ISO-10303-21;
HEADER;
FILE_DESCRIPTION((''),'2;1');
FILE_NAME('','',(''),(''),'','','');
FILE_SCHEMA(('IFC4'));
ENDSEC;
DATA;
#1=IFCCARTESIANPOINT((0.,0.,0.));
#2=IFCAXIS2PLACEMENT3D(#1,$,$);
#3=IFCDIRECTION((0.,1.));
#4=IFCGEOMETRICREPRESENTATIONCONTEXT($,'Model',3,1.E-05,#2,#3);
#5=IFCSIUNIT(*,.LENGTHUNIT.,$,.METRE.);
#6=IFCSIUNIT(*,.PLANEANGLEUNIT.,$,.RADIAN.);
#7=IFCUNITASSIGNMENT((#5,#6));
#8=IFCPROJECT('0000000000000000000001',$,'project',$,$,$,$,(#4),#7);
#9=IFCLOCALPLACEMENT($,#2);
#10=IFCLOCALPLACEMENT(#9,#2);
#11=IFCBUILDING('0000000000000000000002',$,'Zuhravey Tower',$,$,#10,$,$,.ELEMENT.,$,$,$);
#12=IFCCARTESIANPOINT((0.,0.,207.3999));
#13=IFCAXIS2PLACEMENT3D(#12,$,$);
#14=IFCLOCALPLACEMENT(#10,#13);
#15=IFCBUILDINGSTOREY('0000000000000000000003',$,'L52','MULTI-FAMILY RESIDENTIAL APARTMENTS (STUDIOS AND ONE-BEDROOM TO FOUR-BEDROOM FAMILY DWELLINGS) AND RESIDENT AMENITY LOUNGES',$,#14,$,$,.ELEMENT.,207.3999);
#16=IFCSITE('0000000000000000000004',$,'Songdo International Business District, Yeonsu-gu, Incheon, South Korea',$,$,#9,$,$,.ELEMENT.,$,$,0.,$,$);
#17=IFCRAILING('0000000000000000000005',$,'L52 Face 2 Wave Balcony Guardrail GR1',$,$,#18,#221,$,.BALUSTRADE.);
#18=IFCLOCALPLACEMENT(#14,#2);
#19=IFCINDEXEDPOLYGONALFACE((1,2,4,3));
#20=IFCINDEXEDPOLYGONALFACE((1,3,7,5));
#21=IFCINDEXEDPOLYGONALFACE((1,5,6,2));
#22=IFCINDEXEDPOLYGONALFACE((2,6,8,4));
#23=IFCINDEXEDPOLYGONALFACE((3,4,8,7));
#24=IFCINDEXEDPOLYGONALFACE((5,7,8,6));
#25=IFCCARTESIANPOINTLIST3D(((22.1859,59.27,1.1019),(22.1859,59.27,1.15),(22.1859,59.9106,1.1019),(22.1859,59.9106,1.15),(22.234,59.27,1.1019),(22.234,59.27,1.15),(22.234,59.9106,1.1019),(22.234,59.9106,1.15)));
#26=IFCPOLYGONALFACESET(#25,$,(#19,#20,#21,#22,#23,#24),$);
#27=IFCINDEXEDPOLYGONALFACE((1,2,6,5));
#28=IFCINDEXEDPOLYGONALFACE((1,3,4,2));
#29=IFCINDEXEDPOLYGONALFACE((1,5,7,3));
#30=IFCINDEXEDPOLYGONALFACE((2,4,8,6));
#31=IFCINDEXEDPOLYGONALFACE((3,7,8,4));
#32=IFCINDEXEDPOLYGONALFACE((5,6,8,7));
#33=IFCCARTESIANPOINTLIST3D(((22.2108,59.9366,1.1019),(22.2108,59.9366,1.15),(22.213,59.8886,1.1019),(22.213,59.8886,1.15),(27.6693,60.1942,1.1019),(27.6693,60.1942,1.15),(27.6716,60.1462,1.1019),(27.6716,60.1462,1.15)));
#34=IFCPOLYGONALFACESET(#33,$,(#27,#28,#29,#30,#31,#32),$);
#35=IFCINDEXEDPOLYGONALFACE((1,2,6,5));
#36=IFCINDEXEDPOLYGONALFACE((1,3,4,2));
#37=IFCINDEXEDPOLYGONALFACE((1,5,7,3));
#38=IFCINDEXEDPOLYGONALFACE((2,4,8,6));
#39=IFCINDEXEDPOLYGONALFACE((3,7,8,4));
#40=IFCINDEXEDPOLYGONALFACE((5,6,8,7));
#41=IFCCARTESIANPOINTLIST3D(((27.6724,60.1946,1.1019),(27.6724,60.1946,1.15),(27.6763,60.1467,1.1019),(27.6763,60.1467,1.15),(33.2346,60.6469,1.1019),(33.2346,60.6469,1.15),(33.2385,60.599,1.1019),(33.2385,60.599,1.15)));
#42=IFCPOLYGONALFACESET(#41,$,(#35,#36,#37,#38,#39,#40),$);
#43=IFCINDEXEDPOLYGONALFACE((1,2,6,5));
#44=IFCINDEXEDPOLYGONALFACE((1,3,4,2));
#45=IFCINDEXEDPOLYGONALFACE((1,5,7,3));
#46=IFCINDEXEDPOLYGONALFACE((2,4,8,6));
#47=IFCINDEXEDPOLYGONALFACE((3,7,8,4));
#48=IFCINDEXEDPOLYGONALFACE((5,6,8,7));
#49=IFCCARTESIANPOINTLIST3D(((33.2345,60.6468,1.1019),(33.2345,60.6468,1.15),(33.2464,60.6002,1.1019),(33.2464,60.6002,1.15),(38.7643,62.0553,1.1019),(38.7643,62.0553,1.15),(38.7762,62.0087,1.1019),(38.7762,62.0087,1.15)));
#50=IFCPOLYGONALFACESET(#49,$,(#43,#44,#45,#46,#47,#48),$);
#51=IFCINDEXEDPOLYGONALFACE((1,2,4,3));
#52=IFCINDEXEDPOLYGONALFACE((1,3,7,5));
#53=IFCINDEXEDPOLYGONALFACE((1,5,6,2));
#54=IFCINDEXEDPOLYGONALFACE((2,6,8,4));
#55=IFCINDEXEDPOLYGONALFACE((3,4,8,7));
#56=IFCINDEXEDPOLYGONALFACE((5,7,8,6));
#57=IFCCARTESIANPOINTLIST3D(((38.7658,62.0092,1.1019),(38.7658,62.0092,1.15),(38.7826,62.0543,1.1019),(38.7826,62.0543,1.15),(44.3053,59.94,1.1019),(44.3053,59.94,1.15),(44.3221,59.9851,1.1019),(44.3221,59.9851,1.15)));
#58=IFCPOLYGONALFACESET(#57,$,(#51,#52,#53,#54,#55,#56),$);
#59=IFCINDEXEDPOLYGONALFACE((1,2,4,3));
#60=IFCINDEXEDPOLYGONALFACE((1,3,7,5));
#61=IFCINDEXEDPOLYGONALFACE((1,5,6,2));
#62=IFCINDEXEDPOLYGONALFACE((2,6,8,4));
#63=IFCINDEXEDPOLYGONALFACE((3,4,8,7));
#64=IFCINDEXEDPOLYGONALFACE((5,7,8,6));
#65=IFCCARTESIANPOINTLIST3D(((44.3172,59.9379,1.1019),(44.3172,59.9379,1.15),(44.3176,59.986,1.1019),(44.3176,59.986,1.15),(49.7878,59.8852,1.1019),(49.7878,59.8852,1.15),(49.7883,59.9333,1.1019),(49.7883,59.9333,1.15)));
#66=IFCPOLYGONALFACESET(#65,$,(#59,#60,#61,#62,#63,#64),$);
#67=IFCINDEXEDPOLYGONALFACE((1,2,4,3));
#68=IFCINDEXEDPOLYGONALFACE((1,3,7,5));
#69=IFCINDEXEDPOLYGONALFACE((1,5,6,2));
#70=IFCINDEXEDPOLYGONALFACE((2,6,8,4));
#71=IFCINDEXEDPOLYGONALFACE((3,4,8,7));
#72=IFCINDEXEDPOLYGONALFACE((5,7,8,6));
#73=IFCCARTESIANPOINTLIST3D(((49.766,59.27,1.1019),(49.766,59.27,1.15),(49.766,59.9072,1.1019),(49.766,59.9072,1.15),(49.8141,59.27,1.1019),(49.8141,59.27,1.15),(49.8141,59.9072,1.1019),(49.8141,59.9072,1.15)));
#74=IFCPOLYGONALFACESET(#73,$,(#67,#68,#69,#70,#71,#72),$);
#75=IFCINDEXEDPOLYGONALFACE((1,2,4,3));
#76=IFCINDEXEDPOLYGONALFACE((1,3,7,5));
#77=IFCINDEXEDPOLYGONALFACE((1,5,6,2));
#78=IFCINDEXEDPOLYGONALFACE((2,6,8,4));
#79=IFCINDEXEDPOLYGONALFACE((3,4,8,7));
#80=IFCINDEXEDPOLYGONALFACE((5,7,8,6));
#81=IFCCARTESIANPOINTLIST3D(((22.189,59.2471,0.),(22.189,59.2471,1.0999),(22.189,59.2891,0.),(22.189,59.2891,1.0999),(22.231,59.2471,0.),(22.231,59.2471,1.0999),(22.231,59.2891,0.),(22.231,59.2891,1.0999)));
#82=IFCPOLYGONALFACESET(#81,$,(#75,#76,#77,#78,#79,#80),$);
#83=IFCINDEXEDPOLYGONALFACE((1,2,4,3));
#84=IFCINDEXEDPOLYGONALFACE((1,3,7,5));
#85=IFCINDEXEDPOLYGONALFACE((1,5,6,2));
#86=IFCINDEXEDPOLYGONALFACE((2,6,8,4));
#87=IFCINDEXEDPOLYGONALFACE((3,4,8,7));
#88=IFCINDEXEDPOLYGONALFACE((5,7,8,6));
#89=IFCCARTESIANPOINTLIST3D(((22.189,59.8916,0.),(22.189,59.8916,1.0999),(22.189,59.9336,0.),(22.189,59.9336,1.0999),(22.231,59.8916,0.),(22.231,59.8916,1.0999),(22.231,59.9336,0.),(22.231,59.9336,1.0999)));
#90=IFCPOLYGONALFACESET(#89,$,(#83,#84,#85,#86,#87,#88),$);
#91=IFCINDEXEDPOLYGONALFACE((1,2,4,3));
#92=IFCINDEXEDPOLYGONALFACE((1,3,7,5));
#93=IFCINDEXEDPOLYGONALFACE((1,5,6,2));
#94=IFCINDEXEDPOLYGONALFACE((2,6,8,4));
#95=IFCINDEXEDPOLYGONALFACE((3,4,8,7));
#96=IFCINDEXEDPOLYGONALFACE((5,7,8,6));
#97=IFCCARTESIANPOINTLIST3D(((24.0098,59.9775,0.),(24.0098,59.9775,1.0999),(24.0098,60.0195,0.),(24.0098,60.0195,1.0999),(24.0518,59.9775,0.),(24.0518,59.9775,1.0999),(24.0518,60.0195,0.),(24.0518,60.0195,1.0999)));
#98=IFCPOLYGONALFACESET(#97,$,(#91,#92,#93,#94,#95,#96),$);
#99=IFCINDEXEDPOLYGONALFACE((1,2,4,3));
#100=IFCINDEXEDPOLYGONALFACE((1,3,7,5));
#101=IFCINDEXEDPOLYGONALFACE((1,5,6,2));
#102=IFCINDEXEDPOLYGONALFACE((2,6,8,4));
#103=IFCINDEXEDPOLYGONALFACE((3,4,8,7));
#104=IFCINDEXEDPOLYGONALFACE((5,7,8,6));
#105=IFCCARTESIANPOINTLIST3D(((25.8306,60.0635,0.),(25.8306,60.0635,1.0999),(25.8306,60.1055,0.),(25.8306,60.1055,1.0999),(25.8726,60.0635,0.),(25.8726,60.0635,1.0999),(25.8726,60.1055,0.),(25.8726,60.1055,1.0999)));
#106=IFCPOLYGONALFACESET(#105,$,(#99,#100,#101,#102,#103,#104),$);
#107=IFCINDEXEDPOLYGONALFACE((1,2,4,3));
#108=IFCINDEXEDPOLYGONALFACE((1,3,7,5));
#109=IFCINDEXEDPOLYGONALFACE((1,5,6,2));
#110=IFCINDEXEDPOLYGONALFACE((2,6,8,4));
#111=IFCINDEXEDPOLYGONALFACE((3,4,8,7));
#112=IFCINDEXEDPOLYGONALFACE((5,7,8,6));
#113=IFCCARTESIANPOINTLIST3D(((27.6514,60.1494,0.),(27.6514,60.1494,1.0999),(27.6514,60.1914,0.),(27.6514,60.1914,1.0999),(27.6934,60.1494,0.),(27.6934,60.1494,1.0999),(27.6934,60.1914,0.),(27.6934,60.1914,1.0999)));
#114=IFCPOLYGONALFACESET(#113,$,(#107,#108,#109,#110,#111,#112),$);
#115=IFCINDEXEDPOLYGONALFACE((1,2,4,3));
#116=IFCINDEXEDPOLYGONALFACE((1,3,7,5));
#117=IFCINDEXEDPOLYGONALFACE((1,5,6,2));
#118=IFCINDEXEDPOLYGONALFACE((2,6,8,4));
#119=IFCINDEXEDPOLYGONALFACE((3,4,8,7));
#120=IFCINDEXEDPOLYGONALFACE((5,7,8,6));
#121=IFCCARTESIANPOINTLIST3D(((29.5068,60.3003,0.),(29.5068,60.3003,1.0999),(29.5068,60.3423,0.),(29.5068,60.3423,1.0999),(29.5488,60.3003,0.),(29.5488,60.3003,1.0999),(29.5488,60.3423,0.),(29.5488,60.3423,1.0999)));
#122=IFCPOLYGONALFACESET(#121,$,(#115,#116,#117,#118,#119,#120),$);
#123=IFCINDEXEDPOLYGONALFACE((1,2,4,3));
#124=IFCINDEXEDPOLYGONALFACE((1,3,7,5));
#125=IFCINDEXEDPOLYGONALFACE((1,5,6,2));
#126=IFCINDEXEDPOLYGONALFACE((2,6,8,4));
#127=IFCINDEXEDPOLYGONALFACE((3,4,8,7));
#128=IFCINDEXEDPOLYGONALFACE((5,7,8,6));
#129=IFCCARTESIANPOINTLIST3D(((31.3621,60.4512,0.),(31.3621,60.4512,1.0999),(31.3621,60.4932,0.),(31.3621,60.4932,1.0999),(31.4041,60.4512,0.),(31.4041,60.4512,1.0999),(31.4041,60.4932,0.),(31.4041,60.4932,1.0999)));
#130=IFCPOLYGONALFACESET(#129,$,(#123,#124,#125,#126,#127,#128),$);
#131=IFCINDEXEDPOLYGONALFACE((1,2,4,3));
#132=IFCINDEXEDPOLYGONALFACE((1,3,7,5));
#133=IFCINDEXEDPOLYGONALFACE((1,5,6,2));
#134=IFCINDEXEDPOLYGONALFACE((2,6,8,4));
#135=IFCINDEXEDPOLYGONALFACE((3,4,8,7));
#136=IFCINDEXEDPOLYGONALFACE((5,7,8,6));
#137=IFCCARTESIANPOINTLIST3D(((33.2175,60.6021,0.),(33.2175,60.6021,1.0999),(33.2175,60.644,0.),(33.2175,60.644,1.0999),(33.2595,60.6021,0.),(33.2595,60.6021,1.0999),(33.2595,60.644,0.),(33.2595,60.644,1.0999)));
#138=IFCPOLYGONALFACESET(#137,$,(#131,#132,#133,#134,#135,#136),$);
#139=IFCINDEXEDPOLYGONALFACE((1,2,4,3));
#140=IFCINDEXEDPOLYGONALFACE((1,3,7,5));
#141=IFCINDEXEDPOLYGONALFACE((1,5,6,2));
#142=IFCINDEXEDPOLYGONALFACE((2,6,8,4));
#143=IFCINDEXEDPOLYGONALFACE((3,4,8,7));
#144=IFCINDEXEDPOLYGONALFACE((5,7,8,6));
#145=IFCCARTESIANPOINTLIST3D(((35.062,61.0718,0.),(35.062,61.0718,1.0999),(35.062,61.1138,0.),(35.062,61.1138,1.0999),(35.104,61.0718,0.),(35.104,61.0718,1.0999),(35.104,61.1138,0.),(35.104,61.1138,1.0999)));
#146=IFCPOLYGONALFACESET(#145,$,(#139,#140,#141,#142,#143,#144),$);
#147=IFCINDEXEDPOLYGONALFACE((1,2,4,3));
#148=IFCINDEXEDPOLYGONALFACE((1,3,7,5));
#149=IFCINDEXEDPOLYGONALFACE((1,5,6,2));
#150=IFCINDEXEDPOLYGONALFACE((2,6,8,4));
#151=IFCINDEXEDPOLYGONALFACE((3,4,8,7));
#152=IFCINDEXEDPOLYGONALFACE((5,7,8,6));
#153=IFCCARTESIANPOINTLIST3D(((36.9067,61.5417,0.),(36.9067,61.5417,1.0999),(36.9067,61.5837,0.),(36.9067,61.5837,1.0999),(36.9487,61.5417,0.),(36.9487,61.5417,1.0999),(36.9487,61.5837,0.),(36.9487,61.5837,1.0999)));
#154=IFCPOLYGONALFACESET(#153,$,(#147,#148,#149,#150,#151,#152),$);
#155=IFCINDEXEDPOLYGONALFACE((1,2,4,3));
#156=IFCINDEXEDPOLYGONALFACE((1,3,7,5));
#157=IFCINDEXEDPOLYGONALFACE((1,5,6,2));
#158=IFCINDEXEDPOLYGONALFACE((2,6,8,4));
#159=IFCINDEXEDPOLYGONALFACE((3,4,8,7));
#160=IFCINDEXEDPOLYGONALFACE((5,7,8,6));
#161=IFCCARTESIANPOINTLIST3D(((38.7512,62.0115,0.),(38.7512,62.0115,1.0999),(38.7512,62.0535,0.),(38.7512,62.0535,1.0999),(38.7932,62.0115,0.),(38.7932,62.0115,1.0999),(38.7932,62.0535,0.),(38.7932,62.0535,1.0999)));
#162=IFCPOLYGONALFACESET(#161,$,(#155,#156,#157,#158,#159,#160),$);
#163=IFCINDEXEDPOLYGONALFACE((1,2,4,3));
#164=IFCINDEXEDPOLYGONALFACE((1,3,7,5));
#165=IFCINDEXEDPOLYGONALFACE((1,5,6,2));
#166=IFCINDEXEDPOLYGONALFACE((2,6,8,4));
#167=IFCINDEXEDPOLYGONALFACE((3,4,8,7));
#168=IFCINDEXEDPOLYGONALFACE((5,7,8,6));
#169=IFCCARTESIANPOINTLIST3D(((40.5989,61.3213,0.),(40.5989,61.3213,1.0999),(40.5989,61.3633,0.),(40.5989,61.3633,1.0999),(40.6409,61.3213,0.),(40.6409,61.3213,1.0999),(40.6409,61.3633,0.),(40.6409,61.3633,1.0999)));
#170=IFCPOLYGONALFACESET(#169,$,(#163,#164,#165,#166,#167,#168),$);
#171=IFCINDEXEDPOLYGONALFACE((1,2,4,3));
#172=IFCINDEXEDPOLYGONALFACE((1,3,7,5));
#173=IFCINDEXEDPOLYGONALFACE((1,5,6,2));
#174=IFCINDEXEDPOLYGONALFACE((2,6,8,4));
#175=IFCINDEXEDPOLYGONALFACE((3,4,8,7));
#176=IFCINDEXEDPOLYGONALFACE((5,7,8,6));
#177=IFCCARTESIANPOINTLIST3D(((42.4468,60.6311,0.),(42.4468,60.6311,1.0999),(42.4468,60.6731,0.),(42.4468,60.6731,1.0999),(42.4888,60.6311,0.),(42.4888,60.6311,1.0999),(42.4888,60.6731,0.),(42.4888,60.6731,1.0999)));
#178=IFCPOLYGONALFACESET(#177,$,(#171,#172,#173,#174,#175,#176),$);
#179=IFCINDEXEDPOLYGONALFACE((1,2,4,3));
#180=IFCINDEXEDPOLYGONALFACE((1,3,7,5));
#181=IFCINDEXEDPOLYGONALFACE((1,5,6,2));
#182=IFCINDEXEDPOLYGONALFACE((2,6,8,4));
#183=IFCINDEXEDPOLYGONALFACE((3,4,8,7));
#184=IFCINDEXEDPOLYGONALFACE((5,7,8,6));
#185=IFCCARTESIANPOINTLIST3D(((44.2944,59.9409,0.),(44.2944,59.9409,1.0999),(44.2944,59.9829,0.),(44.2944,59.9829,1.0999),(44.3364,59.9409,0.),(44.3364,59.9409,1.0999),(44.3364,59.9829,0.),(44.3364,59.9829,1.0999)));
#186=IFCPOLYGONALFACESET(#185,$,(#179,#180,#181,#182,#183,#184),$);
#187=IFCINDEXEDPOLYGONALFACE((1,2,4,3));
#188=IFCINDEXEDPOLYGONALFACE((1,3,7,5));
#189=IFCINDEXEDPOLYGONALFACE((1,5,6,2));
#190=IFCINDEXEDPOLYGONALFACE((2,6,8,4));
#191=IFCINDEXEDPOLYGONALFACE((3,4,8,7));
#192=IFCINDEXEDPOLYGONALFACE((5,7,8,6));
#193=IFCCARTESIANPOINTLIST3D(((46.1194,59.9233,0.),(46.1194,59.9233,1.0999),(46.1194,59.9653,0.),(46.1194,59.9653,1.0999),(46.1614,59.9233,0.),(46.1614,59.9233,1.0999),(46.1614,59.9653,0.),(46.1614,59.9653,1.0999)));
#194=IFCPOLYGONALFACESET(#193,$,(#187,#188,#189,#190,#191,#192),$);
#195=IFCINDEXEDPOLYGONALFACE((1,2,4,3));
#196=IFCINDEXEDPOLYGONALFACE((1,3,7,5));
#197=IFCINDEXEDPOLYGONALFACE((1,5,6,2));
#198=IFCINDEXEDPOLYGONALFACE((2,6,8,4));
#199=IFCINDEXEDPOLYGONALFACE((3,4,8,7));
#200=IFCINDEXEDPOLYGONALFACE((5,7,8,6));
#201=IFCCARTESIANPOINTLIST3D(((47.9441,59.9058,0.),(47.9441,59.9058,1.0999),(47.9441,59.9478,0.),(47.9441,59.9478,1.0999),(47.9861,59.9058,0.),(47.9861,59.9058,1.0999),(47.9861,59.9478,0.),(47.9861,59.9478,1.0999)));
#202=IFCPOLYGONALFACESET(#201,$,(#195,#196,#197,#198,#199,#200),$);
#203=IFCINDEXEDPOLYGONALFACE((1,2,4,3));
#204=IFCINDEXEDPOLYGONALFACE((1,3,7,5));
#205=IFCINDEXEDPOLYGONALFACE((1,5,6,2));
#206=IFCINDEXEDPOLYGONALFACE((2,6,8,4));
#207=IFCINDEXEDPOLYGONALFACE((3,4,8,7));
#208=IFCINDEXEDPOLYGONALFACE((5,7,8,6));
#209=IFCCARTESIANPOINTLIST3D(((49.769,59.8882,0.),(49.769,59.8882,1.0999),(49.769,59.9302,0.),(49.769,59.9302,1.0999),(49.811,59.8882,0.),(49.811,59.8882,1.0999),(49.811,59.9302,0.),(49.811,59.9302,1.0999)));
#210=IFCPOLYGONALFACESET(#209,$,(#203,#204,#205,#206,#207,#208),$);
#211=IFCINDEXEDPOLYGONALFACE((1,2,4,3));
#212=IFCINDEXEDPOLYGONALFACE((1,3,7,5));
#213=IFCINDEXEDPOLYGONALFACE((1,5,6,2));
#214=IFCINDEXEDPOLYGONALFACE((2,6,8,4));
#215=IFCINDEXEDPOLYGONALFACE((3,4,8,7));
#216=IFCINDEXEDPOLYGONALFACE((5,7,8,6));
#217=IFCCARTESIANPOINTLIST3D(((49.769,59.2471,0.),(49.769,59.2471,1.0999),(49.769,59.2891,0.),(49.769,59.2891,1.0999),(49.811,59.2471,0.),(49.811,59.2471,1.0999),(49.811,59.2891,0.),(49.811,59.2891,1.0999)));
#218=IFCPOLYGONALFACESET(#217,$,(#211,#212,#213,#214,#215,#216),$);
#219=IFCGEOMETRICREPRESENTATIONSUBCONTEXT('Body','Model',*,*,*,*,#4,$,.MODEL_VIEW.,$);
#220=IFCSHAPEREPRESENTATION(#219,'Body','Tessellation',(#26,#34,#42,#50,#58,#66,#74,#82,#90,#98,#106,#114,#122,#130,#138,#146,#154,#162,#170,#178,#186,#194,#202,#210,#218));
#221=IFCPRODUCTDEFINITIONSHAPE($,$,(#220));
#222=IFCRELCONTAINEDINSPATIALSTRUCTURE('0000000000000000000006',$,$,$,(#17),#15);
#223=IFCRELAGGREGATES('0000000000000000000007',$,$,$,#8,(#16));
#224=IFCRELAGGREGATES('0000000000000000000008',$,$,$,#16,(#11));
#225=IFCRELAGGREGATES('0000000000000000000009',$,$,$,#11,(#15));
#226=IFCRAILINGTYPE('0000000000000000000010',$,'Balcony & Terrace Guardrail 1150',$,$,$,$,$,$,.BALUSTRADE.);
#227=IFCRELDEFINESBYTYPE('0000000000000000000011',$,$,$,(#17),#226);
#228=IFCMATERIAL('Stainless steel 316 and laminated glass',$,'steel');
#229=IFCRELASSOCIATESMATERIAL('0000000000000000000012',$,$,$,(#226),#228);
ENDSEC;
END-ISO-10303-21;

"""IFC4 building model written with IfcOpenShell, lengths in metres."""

from ifc_helpers import new_model, si_unit, direction, frame, origin, origin_2d, place, context, subcontext, project, spatial, rectangle, extrude, material, type_object, element, save


model = new_model("IFC4")

# Units and contexts
model_context = context("Model", 3, precision=1e-05, world=origin(), true_north=direction((0.0, 1.0)))
body_context = subcontext(model_context, "Body", "Model", "MODEL_VIEW")
ifc_project = project(units=[si_unit("LENGTHUNIT", "METRE"), si_unit("PLANEANGLEUNIT", "RADIAN")], contexts=[model_context])

# Site, building, storey
site_placement = place(None, origin())
site = spatial("IfcSite", under=ifc_project, at=site_placement, Name="Songdo International Business District, Yeonsu-gu, Incheon, South Korea", CompositionType="ELEMENT", RefElevation=0.0)
building_placement = place(site_placement, origin())
building = spatial("IfcBuilding", under=site, at=building_placement, Name="Zuhravey Tower", CompositionType="ELEMENT")
storey_placement = place(building_placement, frame((0.0, 0.0, 207.3999)))
storey = spatial("IfcBuildingStorey", under=building, at=storey_placement, Name="L52", Description="MULTI-FAMILY RESIDENTIAL APARTMENTS (STUDIOS AND ONE-BEDROOM TO FOUR-BEDROOM FAMILY DWELLINGS) AND RESIDENT AMENITY LOUNGES", CompositionType="ELEMENT", Elevation=207.3999)

# Railing
ifc_material_1 = material(Name="Stainless steel 316 and laminated glass", Category="steel")
railing_type = type_object("IfcRailingType", Name="Balcony & Terrace Guardrail 1150", PredefinedType="BALUSTRADE", material=ifc_material_1)
railing_placement = place(storey_placement, frame((22.21, 59.2681, 0.0)))
element("IfcRailing", 1, at=railing_placement, inside=storey, type_object=railing_type, Name="L52 Face 2 Wave Balcony Guardrail GR1", PredefinedType="BALUSTRADE", context=body_context, shape_type="SweptSolid", body=[
    extrude(rectangle(XDim=0.0481, YDim=0.0481, at=origin_2d()), frame((0.0, 0.002, 1.126), z_axis=(0.0, 1.0, 0.0), x_axis=(-1.0, 0.0, 0.0)), (0.0, 0.0, 1.0), 0.6406),
    extrude(rectangle(XDim=0.0481, YDim=0.0481, at=origin_2d()), frame((0.002, 0.6445, 1.126), z_axis=(0.998888, 0.047145, 0.0), x_axis=(-0.047145, 0.998888, 0.0)), (0.0, 0.0, 1.0), 5.4646),
    extrude(rectangle(XDim=0.0481, YDim=0.0481, at=origin_2d()), frame((5.4644, 0.9026, 1.126), z_axis=(0.99671, 0.081052, 0.0), x_axis=(-0.081052, 0.99671, 0.0)), (0.0, 0.0, 1.0), 5.5806),
    extrude(rectangle(XDim=0.0481, YDim=0.0481, at=origin_2d()), frame((11.0305, 1.3555, 1.126), z_axis=(0.969062, 0.246819, 0.0), x_axis=(-0.246819, 0.969062, 0.0)), (0.0, 0.0, 1.0), 5.7063),
    extrude(rectangle(XDim=0.0481, YDim=0.0481, at=origin_2d()), frame((16.5642, 2.7637, 1.126), z_axis=(0.936781, -0.349916, 0.0), x_axis=(0.349916, 0.936781, 0.0)), (0.0, 0.0, 1.0), 5.9133),
    extrude(rectangle(XDim=0.0481, YDim=0.0481, at=origin_2d()), frame((22.1074, 0.6938, 1.126), z_axis=(0.999954, -0.009632, 0.0), x_axis=(0.009632, 0.999954, 0.0)), (0.0, 0.0, 1.0), 5.4709),
    extrude(rectangle(XDim=0.0481, YDim=0.0481, at=origin_2d()), frame((27.5801, 0.6392, 1.126), z_axis=(0.0, -1.0, 0.0), x_axis=(1.0, 0.0, 0.0)), (0.0, 0.0, 1.0), 0.6372),
    extrude(rectangle(XDim=0.042, YDim=0.042, at=origin_2d()), origin(), (0.0, 0.0, 1.0), 1.0999),
    extrude(rectangle(XDim=0.042, YDim=0.042, at=origin_2d()), frame((0.0, 0.6445, 0.0)), (0.0, 0.0, 1.0), 1.0999),
    extrude(rectangle(XDim=0.042, YDim=0.042, at=origin_2d()), frame((1.8208, 0.7305, 0.0)), (0.0, 0.0, 1.0), 1.0999),
    extrude(rectangle(XDim=0.042, YDim=0.042, at=origin_2d()), frame((3.6416, 0.8164, 0.0)), (0.0, 0.0, 1.0), 1.0999),
    extrude(rectangle(XDim=0.042, YDim=0.042, at=origin_2d()), frame((5.4624, 0.9023, 0.0)), (0.0, 0.0, 1.0), 1.0999),
    extrude(rectangle(XDim=0.042, YDim=0.042, at=origin_2d()), frame((7.3179, 1.0532, 0.0)), (0.0, 0.0, 1.0), 1.0999),
    extrude(rectangle(XDim=0.042, YDim=0.042, at=origin_2d()), frame((9.1731, 1.2041, 0.0)), (0.0, 0.0, 1.0), 1.0999),
    extrude(rectangle(XDim=0.042, YDim=0.042, at=origin_2d()), frame((11.0286, 1.355, 0.0)), (0.0, 0.0, 1.0), 1.0999),
    extrude(rectangle(XDim=0.042, YDim=0.042, at=origin_2d()), frame((12.873, 1.8247, 0.0)), (0.0, 0.0, 1.0), 1.0999),
    extrude(rectangle(XDim=0.042, YDim=0.042, at=origin_2d()), frame((14.7178, 2.2947, 0.0)), (0.0, 0.0, 1.0), 1.0999),
    extrude(rectangle(XDim=0.042, YDim=0.042, at=origin_2d()), frame((16.5623, 2.7644, 0.0)), (0.0, 0.0, 1.0), 1.0999),
    extrude(rectangle(XDim=0.042, YDim=0.042, at=origin_2d()), frame((18.4099, 2.0742, 0.0)), (0.0, 0.0, 1.0), 1.0999),
    extrude(rectangle(XDim=0.042, YDim=0.042, at=origin_2d()), frame((20.2578, 1.384, 0.0)), (0.0, 0.0, 1.0), 1.0999),
    extrude(rectangle(XDim=0.042, YDim=0.042, at=origin_2d()), frame((22.1055, 0.6938, 0.0)), (0.0, 0.0, 1.0), 1.0999),
    extrude(rectangle(XDim=0.042, YDim=0.042, at=origin_2d()), frame((23.9304, 0.6763, 0.0)), (0.0, 0.0, 1.0), 1.0999),
    extrude(rectangle(XDim=0.042, YDim=0.042, at=origin_2d()), frame((25.7551, 0.6587, 0.0)), (0.0, 0.0, 1.0), 1.0999),
    extrude(rectangle(XDim=0.042, YDim=0.042, at=origin_2d()), frame((27.5801, 0.6411, 0.0)), (0.0, 0.0, 1.0), 1.0999),
    extrude(rectangle(XDim=0.042, YDim=0.042, at=origin_2d()), frame((27.5801, 0.0, 0.0)), (0.0, 0.0, 1.0), 1.0999),
])

save(model, "model.ifc")
